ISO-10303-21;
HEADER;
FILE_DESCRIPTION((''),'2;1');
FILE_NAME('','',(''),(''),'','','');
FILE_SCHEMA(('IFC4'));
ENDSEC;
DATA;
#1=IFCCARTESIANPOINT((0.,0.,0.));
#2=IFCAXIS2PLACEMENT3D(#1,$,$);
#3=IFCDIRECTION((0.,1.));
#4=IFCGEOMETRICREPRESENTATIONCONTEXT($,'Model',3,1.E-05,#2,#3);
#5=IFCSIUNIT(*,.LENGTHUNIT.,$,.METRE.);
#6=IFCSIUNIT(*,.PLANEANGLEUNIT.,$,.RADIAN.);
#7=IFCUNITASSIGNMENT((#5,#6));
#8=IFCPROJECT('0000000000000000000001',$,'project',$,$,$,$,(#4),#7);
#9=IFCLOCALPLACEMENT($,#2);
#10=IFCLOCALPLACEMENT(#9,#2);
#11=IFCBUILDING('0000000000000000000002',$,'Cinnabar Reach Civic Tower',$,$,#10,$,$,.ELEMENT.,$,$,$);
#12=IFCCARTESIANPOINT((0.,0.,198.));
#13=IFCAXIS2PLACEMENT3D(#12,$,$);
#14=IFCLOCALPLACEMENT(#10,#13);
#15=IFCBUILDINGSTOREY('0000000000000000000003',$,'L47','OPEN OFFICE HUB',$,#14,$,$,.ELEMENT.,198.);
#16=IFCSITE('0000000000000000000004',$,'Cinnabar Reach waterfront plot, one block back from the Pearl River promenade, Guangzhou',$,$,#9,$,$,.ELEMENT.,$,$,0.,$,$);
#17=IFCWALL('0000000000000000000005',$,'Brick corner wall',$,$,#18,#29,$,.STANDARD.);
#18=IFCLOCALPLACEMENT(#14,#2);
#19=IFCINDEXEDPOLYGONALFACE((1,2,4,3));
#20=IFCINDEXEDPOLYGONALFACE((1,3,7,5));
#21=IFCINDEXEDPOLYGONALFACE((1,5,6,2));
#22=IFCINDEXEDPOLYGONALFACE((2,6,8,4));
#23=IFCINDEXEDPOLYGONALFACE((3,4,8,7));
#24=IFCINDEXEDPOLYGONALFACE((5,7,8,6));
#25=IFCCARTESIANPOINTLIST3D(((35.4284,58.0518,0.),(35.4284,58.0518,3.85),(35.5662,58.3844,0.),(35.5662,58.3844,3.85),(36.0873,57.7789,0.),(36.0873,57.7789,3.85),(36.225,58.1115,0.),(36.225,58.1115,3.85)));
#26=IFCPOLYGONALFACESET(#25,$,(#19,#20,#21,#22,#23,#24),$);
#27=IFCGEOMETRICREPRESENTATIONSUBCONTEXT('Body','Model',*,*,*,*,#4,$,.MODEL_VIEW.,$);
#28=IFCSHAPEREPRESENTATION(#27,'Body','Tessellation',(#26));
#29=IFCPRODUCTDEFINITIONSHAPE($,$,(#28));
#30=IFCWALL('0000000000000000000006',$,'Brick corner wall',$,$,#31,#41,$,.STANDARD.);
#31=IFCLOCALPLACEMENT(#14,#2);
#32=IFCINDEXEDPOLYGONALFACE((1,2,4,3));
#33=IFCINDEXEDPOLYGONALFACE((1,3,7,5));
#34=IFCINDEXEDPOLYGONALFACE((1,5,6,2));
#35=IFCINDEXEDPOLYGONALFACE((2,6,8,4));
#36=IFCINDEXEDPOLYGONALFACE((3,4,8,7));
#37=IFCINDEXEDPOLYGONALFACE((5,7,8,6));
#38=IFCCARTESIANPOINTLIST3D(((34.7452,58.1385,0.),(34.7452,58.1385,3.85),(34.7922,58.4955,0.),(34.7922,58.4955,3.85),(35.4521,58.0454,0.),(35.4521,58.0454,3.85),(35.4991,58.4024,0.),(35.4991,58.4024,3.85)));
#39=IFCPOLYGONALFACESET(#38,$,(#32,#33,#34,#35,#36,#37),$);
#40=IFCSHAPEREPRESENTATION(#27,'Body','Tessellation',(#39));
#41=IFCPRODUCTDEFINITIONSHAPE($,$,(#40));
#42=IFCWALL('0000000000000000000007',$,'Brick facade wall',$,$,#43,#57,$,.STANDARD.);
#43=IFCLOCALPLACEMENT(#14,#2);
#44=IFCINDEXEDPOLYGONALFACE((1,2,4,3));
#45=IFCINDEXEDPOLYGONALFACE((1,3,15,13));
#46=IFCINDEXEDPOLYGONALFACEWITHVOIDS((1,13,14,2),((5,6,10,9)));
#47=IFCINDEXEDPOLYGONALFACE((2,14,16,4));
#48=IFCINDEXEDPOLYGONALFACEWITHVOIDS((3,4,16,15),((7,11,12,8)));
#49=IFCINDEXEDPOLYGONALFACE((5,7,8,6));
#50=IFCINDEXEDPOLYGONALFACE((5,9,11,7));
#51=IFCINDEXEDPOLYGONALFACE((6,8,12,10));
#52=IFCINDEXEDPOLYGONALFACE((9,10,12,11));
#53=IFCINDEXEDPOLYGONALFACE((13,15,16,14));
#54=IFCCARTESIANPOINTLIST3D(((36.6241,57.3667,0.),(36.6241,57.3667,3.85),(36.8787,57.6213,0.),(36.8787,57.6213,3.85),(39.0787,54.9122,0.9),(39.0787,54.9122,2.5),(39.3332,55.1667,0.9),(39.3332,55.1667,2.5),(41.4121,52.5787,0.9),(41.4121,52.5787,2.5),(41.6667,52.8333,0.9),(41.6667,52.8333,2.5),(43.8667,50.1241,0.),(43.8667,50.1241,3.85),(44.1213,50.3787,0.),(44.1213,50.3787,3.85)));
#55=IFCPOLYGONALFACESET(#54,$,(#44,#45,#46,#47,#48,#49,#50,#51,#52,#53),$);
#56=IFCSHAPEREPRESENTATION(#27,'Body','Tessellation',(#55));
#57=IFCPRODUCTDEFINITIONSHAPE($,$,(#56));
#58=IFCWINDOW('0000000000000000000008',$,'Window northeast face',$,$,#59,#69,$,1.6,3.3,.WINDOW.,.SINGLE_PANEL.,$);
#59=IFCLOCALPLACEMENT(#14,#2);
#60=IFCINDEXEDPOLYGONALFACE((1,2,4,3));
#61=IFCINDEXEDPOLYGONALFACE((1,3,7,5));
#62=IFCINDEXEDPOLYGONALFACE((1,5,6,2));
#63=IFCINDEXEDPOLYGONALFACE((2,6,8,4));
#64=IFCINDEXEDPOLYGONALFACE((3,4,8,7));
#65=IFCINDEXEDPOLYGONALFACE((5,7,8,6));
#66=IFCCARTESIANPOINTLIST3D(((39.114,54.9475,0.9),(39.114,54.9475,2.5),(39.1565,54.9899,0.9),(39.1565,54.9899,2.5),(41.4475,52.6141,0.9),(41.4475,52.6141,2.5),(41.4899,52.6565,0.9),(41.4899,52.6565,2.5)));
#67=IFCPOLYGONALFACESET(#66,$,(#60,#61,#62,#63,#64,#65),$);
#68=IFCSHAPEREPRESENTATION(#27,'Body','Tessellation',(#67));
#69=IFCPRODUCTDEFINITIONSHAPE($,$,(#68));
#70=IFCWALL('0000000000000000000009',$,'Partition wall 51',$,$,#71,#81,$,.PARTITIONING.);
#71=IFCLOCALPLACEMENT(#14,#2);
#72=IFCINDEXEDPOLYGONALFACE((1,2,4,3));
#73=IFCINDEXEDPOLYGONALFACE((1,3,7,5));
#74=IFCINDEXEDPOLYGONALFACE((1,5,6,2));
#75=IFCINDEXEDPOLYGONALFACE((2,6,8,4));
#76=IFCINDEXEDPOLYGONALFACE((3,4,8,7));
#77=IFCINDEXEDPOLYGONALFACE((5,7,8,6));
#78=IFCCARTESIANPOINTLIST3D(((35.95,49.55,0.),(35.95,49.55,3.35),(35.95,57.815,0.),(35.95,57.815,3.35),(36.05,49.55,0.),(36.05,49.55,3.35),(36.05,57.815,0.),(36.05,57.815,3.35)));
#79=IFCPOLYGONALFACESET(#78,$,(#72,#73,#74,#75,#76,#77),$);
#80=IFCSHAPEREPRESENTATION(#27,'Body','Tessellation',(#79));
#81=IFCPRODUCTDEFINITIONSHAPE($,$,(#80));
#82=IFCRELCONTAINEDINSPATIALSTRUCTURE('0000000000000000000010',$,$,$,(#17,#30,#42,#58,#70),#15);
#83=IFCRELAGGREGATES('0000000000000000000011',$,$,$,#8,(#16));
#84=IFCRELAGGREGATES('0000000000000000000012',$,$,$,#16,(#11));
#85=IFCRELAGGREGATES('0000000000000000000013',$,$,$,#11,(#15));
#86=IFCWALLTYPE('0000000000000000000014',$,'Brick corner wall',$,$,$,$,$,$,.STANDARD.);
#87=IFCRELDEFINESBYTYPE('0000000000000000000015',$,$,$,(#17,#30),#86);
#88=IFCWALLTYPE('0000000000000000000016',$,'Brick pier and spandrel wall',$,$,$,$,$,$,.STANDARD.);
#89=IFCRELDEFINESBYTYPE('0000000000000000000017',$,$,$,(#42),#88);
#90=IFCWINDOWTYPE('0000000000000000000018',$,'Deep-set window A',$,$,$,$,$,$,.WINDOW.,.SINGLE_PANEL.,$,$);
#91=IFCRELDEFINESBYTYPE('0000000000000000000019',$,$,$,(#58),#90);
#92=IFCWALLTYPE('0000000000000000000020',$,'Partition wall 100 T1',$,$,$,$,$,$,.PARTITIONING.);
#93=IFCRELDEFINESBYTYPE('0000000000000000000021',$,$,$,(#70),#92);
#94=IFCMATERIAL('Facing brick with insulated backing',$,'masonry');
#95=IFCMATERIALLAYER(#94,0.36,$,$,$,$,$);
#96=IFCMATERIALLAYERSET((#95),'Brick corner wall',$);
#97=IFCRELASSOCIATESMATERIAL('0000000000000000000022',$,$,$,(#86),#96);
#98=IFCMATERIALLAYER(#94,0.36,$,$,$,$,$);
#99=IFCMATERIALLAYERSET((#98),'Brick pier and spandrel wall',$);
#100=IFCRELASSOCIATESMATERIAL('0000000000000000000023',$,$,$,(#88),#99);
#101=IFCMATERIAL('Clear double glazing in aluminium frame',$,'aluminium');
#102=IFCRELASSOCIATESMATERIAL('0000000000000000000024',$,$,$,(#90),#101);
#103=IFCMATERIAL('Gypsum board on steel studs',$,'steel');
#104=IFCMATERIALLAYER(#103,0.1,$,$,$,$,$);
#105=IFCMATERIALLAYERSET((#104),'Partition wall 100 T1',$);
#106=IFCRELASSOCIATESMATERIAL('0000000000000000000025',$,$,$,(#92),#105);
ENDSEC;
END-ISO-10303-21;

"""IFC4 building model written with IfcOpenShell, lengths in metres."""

from ifc_helpers import new_model, si_unit, direction, frame, frame_2d, origin, place, context, subcontext, project, spatial, rectangle, extrude, material, layer, layer_set, type_object, element, fill, save


model = new_model("IFC4")

# Units and contexts
model_context = context("Model", 3, precision=1e-05, world=origin(), true_north=direction((0.0, 1.0)))
body_context = subcontext(model_context, "Body", "Model", "MODEL_VIEW")
ifc_project = project(units=[si_unit("LENGTHUNIT", "METRE"), si_unit("PLANEANGLEUNIT", "RADIAN")], contexts=[model_context])

# Site, building, storey
site_placement = place(None, origin())
site = spatial("IfcSite", under=ifc_project, at=site_placement, Name="Cinnabar Reach waterfront plot, one block back from the Pearl River promenade, Guangzhou", CompositionType="ELEMENT", RefElevation=0.0)
building_placement = place(site_placement, origin())
building = spatial("IfcBuilding", under=site, at=building_placement, Name="Cinnabar Reach Civic Tower", CompositionType="ELEMENT")
storey_placement = place(building_placement, frame((0.0, 0.0, 198.0)))
storey = spatial("IfcBuildingStorey", under=building, at=storey_placement, Name="L47", Description="OPEN OFFICE HUB", CompositionType="ELEMENT", Elevation=198.0)

# Walls
ifc_material_1 = material(Name="Facing brick with insulated backing", Category="masonry")
ifc_layer_1 = layer(ifc_material_1, 0.36)
ifc_layer_set_1 = layer_set([ifc_layer_1], Name="Brick corner wall")
wall_type_1 = type_object("IfcWallType", Name="Brick corner wall", PredefinedType="STANDARD", material=ifc_layer_set_1)
for number, where, z_axis, x_axis, name in (
    (1, (36.1561, 57.9452, 0.0), (0.0, 0.0, 1.0), (-0.923872, 0.382703, 0.0), "Brick corner wall"),
    (2, (35.4756, 58.2239, 0.0), (0.0, 0.0, 1.0), (-0.991441, 0.130556, 0.0), "Brick corner wall"),
):
    element("IfcWall", number, at=place(storey_placement, frame(where, z_axis=z_axis, x_axis=x_axis)), inside=storey, type_object=wall_type_1, Name=name, PredefinedType="STANDARD", context=body_context, shape_type="SweptSolid", body=[
        extrude(rectangle(XDim=0.7131, YDim=0.36, at=frame_2d((0.3565, 0.0))), origin(), (0.0, 0.0, 1.0), 3.85),
    ])

# Wall, opening, window
ifc_layer_2 = layer(ifc_material_1, 0.36)
ifc_layer_set_2 = layer_set([ifc_layer_2], Name="Brick pier and spandrel wall")
wall_type_2 = type_object("IfcWallType", Name="Brick pier and spandrel wall", PredefinedType="STANDARD", material=ifc_layer_set_2)
wall_1_placement = place(storey_placement, frame((43.994, 50.2514, 0.0), z_axis=(0.0, 0.0, 1.0), x_axis=(-0.707107, 0.707107, 0.0)))
wall_1 = element("IfcWall", 3, at=wall_1_placement, inside=storey, type_object=wall_type_2, Name="Brick facade wall", PredefinedType="STANDARD", context=body_context, shape_type="SweptSolid", body=[
    extrude(rectangle(XDim=10.2426, YDim=0.36, at=frame_2d((5.1213, 0.0))), origin(), (0.0, 0.0, 1.0), 3.85),
])
opening_placement = place(wall_1_placement, frame((3.4713, 0.0, 0.9)))
opening = element("IfcOpeningElement", 4, at=opening_placement, cuts=wall_1, PredefinedType="OPENING", context=body_context, shape_type="SweptSolid", body=[
    extrude(rectangle(XDim=3.3, YDim=1.6, at=frame_2d((1.65, 0.8))), frame((0.0, 0.19, 0.0), z_axis=(0.0, -1.0, 0.0), x_axis=(1.0, 0.0, 0.0)), (0.0, 0.0, 1.0), 0.38),
])
ifc_material_2 = material(Name="Clear double glazing in aluminium frame", Category="aluminium")
window_type = type_object("IfcWindowType", Name="Deep-set window A", PartitioningType="SINGLE_PANEL", PredefinedType="WINDOW", material=ifc_material_2)
window_placement = place(opening_placement, origin())
window = element("IfcWindow", 5, at=window_placement, inside=storey, type_object=window_type, Name="Window northeast face", OverallHeight=1.6, OverallWidth=3.3, PartitioningType="SINGLE_PANEL", PredefinedType="WINDOW", context=body_context, shape_type="SweptSolid", body=[
    extrude(rectangle(XDim=3.3, YDim=1.6, at=frame_2d((1.65, 0.8))), frame((0.0, 0.13, 0.0), z_axis=(0.0, -1.0, 0.0), x_axis=(1.0, 0.0, 0.0)), (0.0, 0.0, 1.0), 0.06),
])
fill(opening, window)

# Wall
ifc_material_3 = material(Name="Gypsum board on steel studs", Category="steel")
ifc_layer_3 = layer(ifc_material_3, 0.1)
ifc_layer_set_3 = layer_set([ifc_layer_3], Name="Partition wall 100 T1")
wall_type_3 = type_object("IfcWallType", Name="Partition wall 100 T1", PredefinedType="PARTITIONING", material=ifc_layer_set_3)
wall_2_placement = place(storey_placement, frame((36.0, 49.55, 0.0), z_axis=(0.0, 0.0, 1.0), x_axis=(0.0, 1.0, 0.0)))
element("IfcWall", 6, at=wall_2_placement, inside=storey, type_object=wall_type_3, Name="Partition wall 51", PredefinedType="PARTITIONING", context=body_context, shape_type="SweptSolid", body=[
    extrude(rectangle(XDim=8.265, YDim=0.1, at=frame_2d((4.1325, 0.0))), origin(), (0.0, 0.0, 1.0), 3.35),
])

save(model, "model.ifc")
